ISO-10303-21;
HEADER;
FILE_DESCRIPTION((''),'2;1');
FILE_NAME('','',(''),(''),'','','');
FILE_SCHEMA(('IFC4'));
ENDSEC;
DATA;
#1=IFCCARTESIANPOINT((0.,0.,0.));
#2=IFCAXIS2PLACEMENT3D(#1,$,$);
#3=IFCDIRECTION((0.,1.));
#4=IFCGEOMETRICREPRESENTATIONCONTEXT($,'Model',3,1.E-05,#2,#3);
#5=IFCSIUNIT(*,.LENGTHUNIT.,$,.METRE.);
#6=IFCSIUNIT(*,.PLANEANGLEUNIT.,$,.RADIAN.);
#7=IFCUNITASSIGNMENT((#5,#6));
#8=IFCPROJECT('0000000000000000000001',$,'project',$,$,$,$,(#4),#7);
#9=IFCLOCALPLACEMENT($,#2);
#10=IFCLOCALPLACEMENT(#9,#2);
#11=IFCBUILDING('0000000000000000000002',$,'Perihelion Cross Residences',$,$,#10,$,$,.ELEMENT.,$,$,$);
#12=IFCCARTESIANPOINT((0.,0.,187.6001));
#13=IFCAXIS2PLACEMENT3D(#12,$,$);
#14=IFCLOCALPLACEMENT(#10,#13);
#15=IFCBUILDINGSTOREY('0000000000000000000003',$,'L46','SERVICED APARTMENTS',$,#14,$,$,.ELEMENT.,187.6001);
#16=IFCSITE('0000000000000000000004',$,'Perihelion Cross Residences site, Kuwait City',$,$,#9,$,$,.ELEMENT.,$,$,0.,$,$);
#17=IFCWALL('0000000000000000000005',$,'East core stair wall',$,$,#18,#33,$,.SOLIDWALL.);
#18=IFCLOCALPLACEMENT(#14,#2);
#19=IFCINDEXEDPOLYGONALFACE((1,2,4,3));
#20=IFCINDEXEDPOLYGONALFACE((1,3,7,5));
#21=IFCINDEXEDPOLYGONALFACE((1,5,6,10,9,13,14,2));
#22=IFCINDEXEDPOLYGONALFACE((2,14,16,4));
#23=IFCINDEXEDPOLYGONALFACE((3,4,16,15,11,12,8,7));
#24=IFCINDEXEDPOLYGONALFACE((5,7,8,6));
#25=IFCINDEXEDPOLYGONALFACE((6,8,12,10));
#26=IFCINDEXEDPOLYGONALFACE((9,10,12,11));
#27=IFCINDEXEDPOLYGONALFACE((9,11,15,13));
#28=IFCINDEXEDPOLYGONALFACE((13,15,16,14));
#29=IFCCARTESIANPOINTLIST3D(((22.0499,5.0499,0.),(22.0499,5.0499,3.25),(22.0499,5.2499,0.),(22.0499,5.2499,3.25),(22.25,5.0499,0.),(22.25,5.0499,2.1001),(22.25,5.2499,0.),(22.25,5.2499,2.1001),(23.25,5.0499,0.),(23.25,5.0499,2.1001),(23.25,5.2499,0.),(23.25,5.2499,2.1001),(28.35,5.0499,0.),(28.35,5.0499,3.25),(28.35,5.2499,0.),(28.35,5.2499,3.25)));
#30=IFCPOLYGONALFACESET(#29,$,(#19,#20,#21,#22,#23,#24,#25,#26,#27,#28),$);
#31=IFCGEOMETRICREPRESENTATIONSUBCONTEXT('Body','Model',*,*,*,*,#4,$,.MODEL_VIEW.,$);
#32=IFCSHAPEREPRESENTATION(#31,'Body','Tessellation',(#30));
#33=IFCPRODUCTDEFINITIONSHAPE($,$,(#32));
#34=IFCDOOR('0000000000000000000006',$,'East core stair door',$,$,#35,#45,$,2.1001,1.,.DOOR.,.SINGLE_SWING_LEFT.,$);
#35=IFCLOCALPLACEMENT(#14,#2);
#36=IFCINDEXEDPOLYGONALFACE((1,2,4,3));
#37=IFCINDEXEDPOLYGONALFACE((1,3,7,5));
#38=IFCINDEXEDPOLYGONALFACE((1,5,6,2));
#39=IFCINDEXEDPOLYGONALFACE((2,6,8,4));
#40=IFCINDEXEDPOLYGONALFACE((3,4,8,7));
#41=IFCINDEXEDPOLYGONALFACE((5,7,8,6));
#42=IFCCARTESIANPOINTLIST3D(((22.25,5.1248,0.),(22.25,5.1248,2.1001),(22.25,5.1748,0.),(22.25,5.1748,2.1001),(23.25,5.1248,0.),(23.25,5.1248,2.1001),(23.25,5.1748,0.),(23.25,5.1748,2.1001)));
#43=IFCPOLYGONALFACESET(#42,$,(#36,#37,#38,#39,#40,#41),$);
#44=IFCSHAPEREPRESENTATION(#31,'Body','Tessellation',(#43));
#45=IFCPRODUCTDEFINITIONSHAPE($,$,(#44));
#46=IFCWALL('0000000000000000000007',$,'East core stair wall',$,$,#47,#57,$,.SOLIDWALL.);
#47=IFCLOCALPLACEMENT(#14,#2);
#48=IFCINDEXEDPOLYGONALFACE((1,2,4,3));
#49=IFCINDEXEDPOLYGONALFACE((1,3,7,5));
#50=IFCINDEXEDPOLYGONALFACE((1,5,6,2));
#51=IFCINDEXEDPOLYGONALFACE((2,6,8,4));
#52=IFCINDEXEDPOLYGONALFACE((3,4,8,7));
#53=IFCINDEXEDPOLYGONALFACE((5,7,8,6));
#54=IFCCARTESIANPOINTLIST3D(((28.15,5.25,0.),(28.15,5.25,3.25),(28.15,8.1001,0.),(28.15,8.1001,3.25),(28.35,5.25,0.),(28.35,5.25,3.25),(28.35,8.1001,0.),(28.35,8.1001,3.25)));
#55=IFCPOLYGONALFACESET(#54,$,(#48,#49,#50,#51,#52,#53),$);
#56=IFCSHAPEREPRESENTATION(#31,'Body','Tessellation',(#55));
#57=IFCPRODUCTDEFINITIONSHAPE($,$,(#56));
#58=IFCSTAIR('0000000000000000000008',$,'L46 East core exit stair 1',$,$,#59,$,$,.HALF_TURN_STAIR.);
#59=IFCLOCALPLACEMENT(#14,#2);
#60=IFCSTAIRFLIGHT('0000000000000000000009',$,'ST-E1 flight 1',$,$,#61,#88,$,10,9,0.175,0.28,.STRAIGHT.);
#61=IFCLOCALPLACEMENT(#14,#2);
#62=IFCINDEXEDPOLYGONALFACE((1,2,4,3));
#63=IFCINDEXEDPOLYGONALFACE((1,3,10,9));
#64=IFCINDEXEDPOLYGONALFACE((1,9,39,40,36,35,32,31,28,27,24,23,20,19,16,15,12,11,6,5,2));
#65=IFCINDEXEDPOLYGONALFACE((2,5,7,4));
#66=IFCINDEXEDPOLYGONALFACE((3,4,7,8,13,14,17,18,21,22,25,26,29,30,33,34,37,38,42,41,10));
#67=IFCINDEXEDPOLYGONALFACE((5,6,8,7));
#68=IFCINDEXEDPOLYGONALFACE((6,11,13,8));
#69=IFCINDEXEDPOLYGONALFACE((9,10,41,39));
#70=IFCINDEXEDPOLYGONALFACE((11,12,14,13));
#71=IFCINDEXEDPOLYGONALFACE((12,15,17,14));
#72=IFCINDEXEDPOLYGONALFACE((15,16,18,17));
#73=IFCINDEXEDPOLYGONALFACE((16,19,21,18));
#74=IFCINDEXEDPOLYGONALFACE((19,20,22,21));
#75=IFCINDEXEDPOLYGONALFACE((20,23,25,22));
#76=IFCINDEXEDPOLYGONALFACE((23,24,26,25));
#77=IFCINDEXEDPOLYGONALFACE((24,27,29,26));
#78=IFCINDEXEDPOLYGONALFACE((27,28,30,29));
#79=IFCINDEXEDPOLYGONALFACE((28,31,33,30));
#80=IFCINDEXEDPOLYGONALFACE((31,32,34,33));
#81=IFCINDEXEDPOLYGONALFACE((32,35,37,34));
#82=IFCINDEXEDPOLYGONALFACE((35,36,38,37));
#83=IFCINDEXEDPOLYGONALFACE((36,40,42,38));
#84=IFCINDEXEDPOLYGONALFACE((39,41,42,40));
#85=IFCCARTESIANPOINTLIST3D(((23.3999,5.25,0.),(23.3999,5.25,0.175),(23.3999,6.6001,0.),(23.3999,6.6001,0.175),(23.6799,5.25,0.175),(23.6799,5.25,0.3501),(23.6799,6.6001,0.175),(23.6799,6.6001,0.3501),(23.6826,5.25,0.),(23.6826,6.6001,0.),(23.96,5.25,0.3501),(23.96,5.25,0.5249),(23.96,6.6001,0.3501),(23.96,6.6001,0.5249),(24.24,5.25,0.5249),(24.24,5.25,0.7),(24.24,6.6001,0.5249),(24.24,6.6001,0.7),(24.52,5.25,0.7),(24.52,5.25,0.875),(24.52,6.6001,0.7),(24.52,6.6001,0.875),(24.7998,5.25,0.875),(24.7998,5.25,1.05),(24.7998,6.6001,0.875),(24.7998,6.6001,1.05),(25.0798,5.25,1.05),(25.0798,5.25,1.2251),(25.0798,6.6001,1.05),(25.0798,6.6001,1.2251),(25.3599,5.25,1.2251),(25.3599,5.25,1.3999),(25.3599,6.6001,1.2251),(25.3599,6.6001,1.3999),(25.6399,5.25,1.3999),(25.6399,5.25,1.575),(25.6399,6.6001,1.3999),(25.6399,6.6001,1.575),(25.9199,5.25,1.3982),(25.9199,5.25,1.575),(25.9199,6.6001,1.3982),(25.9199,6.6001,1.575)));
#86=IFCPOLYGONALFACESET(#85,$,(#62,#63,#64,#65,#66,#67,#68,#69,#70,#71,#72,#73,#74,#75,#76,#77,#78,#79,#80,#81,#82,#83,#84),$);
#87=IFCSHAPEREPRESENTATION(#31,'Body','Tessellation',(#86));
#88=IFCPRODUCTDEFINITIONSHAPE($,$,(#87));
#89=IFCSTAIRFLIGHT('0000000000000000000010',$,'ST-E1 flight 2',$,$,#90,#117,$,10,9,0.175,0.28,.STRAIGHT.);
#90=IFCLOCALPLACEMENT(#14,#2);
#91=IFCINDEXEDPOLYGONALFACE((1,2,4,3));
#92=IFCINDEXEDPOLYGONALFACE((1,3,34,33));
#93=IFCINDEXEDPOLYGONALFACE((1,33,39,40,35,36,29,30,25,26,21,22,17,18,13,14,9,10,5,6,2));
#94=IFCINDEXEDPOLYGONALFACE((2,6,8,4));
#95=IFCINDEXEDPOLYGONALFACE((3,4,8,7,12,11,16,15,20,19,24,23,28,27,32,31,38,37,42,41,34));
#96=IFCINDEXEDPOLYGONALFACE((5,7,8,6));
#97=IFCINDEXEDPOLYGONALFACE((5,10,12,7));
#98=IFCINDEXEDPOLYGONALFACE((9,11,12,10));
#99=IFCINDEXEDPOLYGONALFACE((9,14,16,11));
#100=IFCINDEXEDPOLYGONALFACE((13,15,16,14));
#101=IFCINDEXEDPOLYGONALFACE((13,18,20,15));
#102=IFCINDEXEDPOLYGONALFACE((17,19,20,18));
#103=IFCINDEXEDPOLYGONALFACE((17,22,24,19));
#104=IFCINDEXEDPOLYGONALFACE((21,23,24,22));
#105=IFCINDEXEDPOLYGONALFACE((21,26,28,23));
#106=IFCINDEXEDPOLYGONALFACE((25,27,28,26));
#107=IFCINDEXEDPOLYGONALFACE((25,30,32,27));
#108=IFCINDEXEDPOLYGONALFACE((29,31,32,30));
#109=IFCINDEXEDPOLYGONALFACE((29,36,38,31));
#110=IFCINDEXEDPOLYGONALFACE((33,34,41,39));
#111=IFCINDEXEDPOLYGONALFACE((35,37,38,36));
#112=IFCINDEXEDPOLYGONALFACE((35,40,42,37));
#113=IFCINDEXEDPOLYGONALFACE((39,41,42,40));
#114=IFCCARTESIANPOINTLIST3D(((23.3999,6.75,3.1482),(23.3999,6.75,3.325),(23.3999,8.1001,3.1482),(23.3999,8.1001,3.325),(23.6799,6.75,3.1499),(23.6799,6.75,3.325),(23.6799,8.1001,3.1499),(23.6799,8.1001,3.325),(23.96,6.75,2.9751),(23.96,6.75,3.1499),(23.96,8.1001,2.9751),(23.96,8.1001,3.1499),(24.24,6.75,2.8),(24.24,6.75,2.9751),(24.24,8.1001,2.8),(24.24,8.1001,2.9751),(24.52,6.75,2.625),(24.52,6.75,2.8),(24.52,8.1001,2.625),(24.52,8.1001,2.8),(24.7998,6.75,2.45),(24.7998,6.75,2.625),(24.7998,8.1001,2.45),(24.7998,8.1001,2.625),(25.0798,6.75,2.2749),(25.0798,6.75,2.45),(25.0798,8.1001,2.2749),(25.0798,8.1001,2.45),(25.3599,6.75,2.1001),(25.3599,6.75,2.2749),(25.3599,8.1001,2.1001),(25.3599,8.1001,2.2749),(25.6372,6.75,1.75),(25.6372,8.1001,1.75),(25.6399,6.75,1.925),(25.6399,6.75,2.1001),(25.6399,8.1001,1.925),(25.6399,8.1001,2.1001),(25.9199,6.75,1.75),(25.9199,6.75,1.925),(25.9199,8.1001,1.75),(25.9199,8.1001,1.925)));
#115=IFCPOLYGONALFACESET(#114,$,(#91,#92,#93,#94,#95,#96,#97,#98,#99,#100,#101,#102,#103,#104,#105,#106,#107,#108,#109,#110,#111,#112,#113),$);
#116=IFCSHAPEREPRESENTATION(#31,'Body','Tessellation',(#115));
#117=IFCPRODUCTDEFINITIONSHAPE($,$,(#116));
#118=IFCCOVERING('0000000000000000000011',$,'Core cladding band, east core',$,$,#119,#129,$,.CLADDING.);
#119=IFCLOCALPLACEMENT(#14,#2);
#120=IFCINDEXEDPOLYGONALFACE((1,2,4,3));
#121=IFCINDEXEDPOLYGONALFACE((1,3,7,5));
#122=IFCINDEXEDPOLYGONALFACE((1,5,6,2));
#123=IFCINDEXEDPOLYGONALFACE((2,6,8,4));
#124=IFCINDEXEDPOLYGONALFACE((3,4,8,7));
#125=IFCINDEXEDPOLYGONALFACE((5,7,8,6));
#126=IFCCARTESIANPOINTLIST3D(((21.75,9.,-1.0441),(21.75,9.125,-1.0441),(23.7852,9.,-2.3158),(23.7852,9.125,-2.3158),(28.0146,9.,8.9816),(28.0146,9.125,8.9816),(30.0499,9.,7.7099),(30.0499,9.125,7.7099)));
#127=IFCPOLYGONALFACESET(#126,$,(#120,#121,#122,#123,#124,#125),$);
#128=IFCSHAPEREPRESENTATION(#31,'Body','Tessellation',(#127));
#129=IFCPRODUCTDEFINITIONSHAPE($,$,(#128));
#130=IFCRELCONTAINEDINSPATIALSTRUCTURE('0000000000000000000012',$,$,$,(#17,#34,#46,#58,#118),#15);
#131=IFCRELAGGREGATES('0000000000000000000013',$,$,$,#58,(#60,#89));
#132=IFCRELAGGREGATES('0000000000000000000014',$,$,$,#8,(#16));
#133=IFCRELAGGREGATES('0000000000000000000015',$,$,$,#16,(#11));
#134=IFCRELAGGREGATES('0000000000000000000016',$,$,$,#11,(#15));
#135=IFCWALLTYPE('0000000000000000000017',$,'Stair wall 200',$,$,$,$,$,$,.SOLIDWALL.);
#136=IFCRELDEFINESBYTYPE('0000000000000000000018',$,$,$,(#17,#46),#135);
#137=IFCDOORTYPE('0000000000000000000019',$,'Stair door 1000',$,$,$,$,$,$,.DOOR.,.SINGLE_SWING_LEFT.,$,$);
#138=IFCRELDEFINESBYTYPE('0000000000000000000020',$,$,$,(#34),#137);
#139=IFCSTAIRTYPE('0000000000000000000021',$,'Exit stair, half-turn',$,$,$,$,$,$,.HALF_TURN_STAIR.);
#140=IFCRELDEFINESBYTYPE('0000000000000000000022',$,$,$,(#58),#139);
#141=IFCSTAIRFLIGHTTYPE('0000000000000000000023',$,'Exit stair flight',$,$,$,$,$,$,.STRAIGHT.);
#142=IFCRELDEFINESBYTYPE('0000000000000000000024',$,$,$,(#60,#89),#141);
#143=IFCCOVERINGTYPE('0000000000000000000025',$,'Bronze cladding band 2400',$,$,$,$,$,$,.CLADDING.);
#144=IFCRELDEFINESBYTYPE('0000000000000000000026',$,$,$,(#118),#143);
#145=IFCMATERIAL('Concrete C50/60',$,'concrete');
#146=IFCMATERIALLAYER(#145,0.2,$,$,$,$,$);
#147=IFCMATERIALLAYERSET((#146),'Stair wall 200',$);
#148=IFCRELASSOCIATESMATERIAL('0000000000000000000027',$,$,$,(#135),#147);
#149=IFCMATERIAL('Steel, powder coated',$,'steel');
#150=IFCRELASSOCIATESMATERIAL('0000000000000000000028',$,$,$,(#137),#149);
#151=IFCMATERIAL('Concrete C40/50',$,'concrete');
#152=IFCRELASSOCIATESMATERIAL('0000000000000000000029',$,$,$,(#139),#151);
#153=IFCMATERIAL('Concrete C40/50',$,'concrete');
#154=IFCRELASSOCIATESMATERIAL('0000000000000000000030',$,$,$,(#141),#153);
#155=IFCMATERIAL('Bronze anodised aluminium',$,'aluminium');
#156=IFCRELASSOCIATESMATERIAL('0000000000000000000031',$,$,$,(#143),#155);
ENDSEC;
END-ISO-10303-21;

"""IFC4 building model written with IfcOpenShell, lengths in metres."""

from ifc_helpers import new_model, si_unit, direction, frame, frame_2d, origin, origin_2d, place, context, subcontext, project, spatial, polyline, rectangle, outline, extrude, material, layer, layer_set, material_profile, profile_set, type_object, element, fill, aggregate, save


model = new_model("IFC4")

# Units and contexts
model_context = context("Model", 3, precision=1e-05, world=origin(), true_north=direction((0.0, 1.0)))
body_context = subcontext(model_context, "Body", "Model", "MODEL_VIEW")
ifc_project = project(units=[si_unit("LENGTHUNIT", "METRE"), si_unit("PLANEANGLEUNIT", "RADIAN")], contexts=[model_context])

# Site, building, storey
site_placement = place(None, origin())
site = spatial("IfcSite", under=ifc_project, at=site_placement, Name="Perihelion Cross Residences site, Kuwait City", CompositionType="ELEMENT", RefElevation=0.0)
building_placement = place(site_placement, origin())
building = spatial("IfcBuilding", under=site, at=building_placement, Name="Perihelion Cross Residences", CompositionType="ELEMENT")
storey_placement = place(building_placement, frame((0.0, 0.0, 187.6001)))
storey = spatial("IfcBuildingStorey", under=building, at=storey_placement, Name="L46", Description="SERVICED APARTMENTS", CompositionType="ELEMENT", Elevation=187.6001)

# Wall, opening, door
ifc_material_1 = material(Name="Concrete C50/60", Category="concrete")
ifc_layer_1 = layer(ifc_material_1, 0.2)
ifc_layer_set_1 = layer_set([ifc_layer_1], Name="Stair wall 200")
wall_type_1 = type_object("IfcWallType", Name="Stair wall 200", PredefinedType="SOLIDWALL", material=ifc_layer_set_1)
wall_1_placement = place(storey_placement, frame((22.05, 5.1499, 0.0), z_axis=(0.0, 0.0, 1.0), x_axis=(1.0, 0.0, 0.0)))
wall_1 = element("IfcWall", 1, at=wall_1_placement, inside=storey, type_object=wall_type_1, Name="East core stair wall", PredefinedType="SOLIDWALL", context=body_context, shape_type="SweptSolid", body=[
    extrude(rectangle(XDim=6.3, YDim=0.2, at=frame_2d((3.1499, 0.0))), origin(), (0.0, 0.0, 1.0), 3.25),
])
opening_1_placement = place(wall_1_placement, frame((0.2, 0.0, 0.0)))
opening_1 = element("IfcOpeningElement", 2, at=opening_1_placement, cuts=wall_1, PredefinedType="OPENING", context=body_context, shape_type="SweptSolid", body=[
    extrude(rectangle(XDim=1.0, YDim=2.1001, at=frame_2d((0.5, 1.05))), frame((0.0, 0.1099, 0.0), z_axis=(0.0, -1.0, 0.0), x_axis=(1.0, 0.0, 0.0)), (0.0, 0.0, 1.0), 0.22),
])
ifc_material_2 = material(Name="Steel, powder coated", Category="steel")
door_type_1 = type_object("IfcDoorType", Name="Stair door 1000", OperationType="SINGLE_SWING_LEFT", PredefinedType="DOOR", material=ifc_material_2)
door_1_placement = place(opening_1_placement, origin())
door_1 = element("IfcDoor", 3, at=door_1_placement, inside=storey, type_object=door_type_1, Name="East core stair door", OperationType="SINGLE_SWING_LEFT", OverallHeight=2.1001, OverallWidth=1.0, PredefinedType="DOOR", context=body_context, shape_type="SweptSolid", body=[
    extrude(rectangle(XDim=1.0, YDim=2.1001, at=frame_2d((0.5, 1.05))), frame((0.0, 0.0249, 0.0), z_axis=(0.0, -1.0, 0.0), x_axis=(1.0, 0.0, 0.0)), (0.0, 0.0, 1.0), 0.05),
])
fill(opening_1, door_1)

# Wall
wall_2_placement = place(storey_placement, frame((28.25, 5.25, 0.0), z_axis=(0.0, 0.0, 1.0), x_axis=(0.0, 1.0, 0.0)))
element("IfcWall", 4, at=wall_2_placement, inside=storey, type_object=wall_type_1, Name="East core stair wall", PredefinedType="SOLIDWALL", context=body_context, shape_type="SweptSolid", body=[
    extrude(rectangle(XDim=2.8501, YDim=0.2, at=frame_2d((1.425, 0.0))), origin(), (0.0, 0.0, 1.0), 3.25),
])

# Stair, stair flights
ifc_material_3 = material(Name="Concrete C40/50", Category="concrete")
stair_type = type_object("IfcStairType", Name="Exit stair, half-turn", PredefinedType="HALF_TURN_STAIR", material=ifc_material_3)
stair_placement = place(storey_placement, origin())
stair = element("IfcStair", 5, at=stair_placement, inside=storey, type_object=stair_type, Name="L46 East core exit stair 1", PredefinedType="HALF_TURN_STAIR")
ifc_material_4 = material(Name="Concrete C40/50", Category="concrete")
stair_flight_type = type_object("IfcStairFlightType", Name="Exit stair flight", PredefinedType="STRAIGHT", material=ifc_material_4)
stair_flight_1_placement = place(storey_placement, frame((23.3999, 5.925, 0.0), z_axis=(0.0, 0.0, 1.0), x_axis=(1.0, 0.0, 0.0)))
stair_flight_1 = element("IfcStairFlight", 6, at=stair_flight_1_placement, type_object=stair_flight_type, Name="ST-E1 flight 1", NumberOfRisers=10, NumberOfTreads=9, PredefinedType="STRAIGHT", RiserHeight=0.175, TreadLength=0.28, context=body_context, shape_type="SweptSolid", body=[
    extrude(outline(polyline([(0.0, 0.0), (0.0, 0.175), (0.28, 0.175), (0.28, 0.3501), (0.5601, 0.3501), (0.5601, 0.5249), (0.8401, 0.5249), (0.8401, 0.7), (1.1201, 0.7), (1.1201, 0.875), (1.3999, 0.875), (1.3999, 1.05), (1.6799, 1.05), (1.6799, 1.2251), (1.96, 1.2251), (1.96, 1.3999), (2.24, 1.3999), (2.24, 1.575), (2.52, 1.575), (2.52, 1.75), (2.52, 1.3982), (0.2827, 0.0), (0.0, 0.0)])), frame((0.0, 0.675, 0.0), z_axis=(0.0, -1.0, 0.0), x_axis=(1.0, 0.0, 0.0)), (0.0, 0.0, 1.0), 1.3501),
])
stair_flight_2_placement = place(storey_placement, frame((25.9199, 7.425, 1.75), z_axis=(0.0, 0.0, 1.0), x_axis=(-1.0, 0.0, 0.0)))
stair_flight_2 = element("IfcStairFlight", 7, at=stair_flight_2_placement, type_object=stair_flight_type, Name="ST-E1 flight 2", NumberOfRisers=10, NumberOfTreads=9, PredefinedType="STRAIGHT", RiserHeight=0.175, TreadLength=0.28, context=body_context, shape_type="SweptSolid", body=[
    extrude(outline(polyline([(0.0, 0.0), (0.0, 0.175), (0.28, 0.175), (0.28, 0.3501), (0.5601, 0.3501), (0.5601, 0.5249), (0.8401, 0.5249), (0.8401, 0.7), (1.1201, 0.7), (1.1201, 0.875), (1.3999, 0.875), (1.3999, 1.05), (1.6799, 1.05), (1.6799, 1.2251), (1.96, 1.2251), (1.96, 1.3999), (2.24, 1.3999), (2.24, 1.575), (2.52, 1.575), (2.52, 1.75), (2.52, 1.3982), (0.2827, 0.0), (0.0, 0.0)])), frame((0.0, 0.675, 0.0), z_axis=(0.0, -1.0, 0.0), x_axis=(1.0, 0.0, 0.0)), (0.0, 0.0, 1.0), 1.3501),
])
aggregate(stair, [stair_flight_1, stair_flight_2])

# Covering
ifc_material_5 = material(Name="Bronze anodised aluminium", Category="aluminium")
ifc_material_profile_1 = material_profile(ifc_material_5, rectangle(XDim=0.125, YDim=2.3999, at=origin_2d()), Name="Bronze cladding band 2400")
ifc_profile_set_1 = profile_set([ifc_material_profile_1], Name="Bronze anodised aluminium")
covering_type = type_object("IfcCoveringType", Name="Bronze cladding band 2400", PredefinedType="CLADDING", material=ifc_profile_set_1)
covering_placement = place(storey_placement, frame((22.7676, 9.0625, -1.6799), z_axis=(0.529915, 0.0, 0.848051), x_axis=(0.0, 1.0, 0.0)))
element("IfcCovering", 8, at=covering_placement, inside=storey, type_object=covering_type, Name="Core cladding band, east core", PredefinedType="CLADDING", context=body_context, shape_type="SweptSolid", body=[
    extrude(rectangle(XDim=0.125, YDim=2.3999, at=origin_2d()), origin(), (0.0, 0.0, 1.0), 11.822),
])

save(model, "model.ifc")
